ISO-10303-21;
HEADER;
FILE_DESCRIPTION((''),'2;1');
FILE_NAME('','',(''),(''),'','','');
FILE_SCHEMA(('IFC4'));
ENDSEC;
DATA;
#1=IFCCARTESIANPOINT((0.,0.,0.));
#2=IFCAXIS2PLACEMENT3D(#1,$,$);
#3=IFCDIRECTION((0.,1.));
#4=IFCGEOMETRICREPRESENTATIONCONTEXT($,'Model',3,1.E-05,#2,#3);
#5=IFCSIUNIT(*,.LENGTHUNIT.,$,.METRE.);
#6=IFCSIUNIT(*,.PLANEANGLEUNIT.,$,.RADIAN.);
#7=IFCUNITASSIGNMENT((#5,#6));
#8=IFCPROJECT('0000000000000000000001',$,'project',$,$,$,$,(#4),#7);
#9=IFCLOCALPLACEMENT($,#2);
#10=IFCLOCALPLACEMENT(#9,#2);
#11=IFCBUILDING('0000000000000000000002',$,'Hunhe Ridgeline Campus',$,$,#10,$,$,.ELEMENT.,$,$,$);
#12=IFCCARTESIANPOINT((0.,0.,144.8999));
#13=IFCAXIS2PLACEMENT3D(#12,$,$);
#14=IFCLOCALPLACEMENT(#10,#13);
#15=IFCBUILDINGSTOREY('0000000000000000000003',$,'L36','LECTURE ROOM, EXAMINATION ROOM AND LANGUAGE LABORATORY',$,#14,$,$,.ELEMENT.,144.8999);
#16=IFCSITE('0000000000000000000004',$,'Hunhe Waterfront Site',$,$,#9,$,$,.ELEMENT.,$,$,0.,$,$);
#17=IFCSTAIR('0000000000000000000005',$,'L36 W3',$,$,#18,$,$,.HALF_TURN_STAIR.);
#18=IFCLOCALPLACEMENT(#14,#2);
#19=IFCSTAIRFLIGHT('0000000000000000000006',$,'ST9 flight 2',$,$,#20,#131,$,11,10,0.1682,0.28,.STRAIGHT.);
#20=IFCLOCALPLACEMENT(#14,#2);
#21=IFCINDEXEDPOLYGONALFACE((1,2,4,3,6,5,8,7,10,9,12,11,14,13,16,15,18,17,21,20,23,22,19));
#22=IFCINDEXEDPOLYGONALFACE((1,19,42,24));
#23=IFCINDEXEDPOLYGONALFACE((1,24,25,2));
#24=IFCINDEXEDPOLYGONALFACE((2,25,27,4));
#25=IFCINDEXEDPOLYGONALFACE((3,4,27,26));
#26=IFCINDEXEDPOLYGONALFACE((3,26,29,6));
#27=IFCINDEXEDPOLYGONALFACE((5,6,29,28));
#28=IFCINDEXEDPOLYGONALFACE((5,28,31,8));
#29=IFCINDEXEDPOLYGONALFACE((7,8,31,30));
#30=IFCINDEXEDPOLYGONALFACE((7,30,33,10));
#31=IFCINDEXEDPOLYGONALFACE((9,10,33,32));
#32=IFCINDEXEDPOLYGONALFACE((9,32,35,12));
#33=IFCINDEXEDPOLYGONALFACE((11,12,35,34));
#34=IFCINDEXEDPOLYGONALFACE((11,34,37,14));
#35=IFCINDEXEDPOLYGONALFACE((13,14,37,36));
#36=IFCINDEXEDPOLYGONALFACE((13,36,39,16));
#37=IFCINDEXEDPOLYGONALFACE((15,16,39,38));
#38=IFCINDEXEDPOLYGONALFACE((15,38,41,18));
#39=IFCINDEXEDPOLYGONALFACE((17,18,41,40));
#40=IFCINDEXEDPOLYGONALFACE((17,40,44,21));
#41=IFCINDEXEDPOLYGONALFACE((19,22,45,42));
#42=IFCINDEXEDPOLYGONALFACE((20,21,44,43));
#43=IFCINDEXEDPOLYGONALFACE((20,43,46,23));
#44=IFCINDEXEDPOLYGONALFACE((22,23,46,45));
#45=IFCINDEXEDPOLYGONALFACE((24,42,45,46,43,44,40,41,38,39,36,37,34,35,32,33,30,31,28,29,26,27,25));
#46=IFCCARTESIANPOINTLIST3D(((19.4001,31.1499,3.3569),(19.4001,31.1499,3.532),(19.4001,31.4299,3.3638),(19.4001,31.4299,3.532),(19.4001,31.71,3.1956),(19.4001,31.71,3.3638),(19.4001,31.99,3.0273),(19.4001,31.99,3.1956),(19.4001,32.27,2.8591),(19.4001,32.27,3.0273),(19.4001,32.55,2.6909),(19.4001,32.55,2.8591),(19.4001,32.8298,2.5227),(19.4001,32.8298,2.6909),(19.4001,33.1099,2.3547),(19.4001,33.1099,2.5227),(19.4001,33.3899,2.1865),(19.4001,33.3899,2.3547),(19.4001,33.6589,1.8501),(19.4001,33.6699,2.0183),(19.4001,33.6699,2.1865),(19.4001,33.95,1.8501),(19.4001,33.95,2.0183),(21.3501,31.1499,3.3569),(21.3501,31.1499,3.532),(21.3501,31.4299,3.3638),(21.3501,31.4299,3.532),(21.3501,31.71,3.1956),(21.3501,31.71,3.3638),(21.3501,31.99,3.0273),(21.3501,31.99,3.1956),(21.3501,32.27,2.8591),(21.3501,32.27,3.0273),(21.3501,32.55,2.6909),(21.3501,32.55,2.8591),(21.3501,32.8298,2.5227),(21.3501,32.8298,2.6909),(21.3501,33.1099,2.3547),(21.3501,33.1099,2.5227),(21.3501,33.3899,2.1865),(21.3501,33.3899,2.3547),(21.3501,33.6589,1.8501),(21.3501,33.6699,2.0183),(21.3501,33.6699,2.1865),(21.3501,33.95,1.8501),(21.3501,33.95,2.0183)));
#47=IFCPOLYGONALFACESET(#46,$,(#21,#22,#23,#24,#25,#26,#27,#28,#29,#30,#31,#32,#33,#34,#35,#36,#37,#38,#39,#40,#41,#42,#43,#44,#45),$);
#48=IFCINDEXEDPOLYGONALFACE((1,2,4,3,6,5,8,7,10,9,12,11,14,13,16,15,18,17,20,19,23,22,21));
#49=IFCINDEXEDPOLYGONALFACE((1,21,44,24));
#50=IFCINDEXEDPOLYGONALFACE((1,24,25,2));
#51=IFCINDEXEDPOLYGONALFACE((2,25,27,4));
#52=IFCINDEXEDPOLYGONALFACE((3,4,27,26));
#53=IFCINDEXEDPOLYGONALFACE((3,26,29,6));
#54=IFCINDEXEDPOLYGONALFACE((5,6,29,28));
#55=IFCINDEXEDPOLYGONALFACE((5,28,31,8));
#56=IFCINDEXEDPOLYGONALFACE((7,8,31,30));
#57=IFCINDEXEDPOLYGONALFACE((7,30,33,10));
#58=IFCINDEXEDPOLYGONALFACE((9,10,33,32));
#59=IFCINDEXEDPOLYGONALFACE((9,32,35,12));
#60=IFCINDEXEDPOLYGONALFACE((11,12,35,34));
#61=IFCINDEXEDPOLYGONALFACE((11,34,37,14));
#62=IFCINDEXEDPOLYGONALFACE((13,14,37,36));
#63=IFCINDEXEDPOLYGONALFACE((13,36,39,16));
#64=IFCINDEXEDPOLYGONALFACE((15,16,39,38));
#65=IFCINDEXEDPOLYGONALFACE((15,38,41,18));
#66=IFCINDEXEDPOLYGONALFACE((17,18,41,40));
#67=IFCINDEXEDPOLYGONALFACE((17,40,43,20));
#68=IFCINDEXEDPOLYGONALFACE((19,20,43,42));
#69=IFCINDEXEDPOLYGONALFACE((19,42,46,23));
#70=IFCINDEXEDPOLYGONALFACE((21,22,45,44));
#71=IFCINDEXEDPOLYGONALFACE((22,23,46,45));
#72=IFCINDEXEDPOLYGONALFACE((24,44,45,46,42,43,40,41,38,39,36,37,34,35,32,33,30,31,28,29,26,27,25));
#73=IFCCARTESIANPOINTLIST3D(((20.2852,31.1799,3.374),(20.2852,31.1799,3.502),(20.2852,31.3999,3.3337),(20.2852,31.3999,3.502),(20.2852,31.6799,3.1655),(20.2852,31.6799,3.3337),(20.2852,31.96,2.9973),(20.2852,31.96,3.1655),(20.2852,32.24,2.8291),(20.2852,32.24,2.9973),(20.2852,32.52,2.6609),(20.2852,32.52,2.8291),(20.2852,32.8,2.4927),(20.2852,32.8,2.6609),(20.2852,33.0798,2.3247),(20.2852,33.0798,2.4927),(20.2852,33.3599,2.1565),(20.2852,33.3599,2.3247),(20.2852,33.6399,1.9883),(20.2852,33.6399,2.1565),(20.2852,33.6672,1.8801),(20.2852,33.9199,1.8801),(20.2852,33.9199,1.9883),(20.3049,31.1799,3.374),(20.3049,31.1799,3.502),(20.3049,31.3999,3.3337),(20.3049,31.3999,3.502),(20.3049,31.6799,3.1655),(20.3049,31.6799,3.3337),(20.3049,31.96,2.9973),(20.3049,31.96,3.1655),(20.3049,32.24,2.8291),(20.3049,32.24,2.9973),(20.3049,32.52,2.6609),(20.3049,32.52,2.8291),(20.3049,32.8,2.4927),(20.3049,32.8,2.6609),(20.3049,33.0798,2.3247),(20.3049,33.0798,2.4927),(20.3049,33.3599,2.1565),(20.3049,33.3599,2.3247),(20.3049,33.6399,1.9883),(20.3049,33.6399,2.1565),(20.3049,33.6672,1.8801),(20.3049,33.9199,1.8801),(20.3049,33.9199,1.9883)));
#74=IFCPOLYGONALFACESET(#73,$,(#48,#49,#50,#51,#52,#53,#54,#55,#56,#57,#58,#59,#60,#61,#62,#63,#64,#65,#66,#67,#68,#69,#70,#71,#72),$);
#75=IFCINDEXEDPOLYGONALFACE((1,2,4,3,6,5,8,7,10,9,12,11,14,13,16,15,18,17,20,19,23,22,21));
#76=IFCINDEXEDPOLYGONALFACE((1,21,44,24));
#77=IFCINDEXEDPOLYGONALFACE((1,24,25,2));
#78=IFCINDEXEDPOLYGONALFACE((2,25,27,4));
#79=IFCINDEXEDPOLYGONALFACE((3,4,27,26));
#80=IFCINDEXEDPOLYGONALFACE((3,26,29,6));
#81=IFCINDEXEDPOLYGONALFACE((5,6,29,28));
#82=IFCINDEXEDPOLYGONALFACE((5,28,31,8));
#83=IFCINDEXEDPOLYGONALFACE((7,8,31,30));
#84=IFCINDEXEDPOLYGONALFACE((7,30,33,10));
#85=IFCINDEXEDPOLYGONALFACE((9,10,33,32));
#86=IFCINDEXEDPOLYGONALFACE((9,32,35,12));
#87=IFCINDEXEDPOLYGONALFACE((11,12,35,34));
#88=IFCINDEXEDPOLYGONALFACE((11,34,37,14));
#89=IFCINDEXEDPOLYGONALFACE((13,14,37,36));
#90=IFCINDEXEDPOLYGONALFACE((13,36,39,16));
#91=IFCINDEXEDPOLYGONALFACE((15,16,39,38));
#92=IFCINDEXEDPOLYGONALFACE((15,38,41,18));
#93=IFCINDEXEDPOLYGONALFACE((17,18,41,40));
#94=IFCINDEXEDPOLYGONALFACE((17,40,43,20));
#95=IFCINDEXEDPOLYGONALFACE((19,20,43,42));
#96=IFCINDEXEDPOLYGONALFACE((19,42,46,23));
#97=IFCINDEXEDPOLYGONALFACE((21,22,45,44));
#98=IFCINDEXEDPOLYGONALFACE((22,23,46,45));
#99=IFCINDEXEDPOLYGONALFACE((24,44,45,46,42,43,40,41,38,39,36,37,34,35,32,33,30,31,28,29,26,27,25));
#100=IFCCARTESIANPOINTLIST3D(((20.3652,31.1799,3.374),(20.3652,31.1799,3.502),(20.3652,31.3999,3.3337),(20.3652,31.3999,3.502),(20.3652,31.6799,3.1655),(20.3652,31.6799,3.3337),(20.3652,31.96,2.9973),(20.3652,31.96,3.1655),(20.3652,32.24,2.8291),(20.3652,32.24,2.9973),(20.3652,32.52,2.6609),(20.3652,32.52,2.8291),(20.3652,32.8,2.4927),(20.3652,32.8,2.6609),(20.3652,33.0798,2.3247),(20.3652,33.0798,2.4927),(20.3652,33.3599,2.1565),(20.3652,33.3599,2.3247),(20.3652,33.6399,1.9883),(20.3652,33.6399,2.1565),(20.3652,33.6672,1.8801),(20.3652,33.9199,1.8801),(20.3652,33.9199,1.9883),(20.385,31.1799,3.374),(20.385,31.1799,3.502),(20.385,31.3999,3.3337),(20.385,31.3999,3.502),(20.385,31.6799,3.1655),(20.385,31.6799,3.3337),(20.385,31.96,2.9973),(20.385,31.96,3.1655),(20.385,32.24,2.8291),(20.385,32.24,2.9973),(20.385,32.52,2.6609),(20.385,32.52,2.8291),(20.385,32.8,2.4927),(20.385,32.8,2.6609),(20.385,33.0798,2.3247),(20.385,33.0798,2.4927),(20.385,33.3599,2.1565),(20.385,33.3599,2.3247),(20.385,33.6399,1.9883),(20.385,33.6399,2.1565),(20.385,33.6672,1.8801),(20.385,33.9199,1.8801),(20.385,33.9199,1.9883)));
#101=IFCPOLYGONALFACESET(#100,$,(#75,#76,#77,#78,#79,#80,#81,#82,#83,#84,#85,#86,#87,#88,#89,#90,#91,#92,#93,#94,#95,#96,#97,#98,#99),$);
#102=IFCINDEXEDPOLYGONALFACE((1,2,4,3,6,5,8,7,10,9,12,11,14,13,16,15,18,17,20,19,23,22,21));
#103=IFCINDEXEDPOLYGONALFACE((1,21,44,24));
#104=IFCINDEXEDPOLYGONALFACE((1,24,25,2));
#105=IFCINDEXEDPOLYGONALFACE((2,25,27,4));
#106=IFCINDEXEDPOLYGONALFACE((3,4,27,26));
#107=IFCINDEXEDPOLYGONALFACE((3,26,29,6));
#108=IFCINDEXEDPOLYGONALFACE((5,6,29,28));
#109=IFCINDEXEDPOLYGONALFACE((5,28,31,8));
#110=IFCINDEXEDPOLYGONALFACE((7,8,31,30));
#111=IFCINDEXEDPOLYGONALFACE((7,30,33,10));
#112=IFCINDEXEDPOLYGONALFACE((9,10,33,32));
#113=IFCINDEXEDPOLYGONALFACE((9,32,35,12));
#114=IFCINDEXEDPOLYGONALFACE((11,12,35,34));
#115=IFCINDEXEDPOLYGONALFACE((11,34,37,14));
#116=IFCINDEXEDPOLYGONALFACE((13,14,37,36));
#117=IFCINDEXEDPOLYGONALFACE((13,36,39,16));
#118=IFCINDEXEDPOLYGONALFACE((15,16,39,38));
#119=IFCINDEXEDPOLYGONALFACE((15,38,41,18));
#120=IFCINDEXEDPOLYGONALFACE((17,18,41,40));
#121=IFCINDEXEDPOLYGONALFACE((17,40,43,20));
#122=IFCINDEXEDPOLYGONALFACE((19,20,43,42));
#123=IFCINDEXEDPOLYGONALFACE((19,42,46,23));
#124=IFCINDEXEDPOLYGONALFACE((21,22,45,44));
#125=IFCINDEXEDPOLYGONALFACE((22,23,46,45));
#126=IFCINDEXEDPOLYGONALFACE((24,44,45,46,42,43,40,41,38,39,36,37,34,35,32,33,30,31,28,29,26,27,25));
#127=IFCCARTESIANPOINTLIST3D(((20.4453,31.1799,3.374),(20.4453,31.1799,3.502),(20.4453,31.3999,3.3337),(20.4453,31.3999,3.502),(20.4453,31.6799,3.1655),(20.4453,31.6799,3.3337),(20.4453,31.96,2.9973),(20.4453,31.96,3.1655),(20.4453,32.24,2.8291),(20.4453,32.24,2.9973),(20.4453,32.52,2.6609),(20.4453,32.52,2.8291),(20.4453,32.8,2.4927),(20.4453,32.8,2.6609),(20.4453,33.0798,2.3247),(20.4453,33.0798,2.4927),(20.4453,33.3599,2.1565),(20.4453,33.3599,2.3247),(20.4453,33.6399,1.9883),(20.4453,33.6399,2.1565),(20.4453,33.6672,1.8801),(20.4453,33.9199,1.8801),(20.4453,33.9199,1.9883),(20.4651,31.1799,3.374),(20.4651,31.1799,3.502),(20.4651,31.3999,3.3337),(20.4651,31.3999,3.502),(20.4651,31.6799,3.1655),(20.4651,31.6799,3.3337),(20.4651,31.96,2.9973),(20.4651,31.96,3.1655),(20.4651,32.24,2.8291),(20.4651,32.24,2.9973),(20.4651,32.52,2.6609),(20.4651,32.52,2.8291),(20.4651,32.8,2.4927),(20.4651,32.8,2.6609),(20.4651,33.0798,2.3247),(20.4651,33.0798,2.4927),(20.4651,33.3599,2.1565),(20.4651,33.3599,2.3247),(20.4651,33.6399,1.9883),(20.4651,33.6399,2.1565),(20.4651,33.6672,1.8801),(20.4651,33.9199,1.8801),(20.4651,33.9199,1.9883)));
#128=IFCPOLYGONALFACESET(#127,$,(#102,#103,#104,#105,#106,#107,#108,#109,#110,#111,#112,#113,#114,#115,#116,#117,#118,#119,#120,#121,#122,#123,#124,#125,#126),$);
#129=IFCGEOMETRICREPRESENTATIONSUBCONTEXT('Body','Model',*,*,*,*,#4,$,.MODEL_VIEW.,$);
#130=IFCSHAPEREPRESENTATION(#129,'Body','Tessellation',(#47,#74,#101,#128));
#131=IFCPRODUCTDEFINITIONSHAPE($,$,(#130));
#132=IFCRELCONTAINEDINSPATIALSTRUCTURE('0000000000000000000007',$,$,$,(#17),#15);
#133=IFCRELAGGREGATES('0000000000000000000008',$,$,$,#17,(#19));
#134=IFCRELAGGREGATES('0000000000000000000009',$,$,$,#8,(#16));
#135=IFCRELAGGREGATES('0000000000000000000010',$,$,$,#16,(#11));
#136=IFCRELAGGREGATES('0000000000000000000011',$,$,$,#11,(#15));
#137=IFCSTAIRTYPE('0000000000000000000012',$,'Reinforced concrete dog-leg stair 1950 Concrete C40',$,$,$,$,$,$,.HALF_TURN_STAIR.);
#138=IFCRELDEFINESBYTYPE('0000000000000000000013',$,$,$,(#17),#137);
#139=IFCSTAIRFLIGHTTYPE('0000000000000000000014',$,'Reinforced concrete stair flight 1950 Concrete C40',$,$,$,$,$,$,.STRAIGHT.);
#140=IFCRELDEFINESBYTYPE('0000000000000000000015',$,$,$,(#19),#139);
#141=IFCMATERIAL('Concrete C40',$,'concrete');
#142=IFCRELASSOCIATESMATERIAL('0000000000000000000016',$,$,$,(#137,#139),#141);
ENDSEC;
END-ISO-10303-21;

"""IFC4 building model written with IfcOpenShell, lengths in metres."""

from ifc_helpers import new_model, si_unit, direction, frame, origin, place, context, subcontext, project, spatial, polyline, outline, extrude, material, type_object, element, aggregate, save


model = new_model("IFC4")

# Units and contexts
model_context = context("Model", 3, precision=1e-05, world=origin(), true_north=direction((0.0, 1.0)))
body_context = subcontext(model_context, "Body", "Model", "MODEL_VIEW")
ifc_project = project(units=[si_unit("LENGTHUNIT", "METRE"), si_unit("PLANEANGLEUNIT", "RADIAN")], contexts=[model_context])

# Site, building, storey
site_placement = place(None, origin())
site = spatial("IfcSite", under=ifc_project, at=site_placement, Name="Hunhe Waterfront Site", CompositionType="ELEMENT", RefElevation=0.0)
building_placement = place(site_placement, origin())
building = spatial("IfcBuilding", under=site, at=building_placement, Name="Hunhe Ridgeline Campus", CompositionType="ELEMENT")
storey_placement = place(building_placement, frame((0.0, 0.0, 144.8999)))
storey = spatial("IfcBuildingStorey", under=building, at=storey_placement, Name="L36", Description="LECTURE ROOM, EXAMINATION ROOM AND LANGUAGE LABORATORY", CompositionType="ELEMENT", Elevation=144.8999)

# Stair, stair flight
ifc_material_1 = material(Name="Concrete C40", Category="concrete")
stair_type = type_object("IfcStairType", Name="Reinforced concrete dog-leg stair 1950 Concrete C40", PredefinedType="HALF_TURN_STAIR", material=ifc_material_1)
stair_placement = place(storey_placement, origin())
stair = element("IfcStair", 1, at=stair_placement, inside=storey, type_object=stair_type, Name="L36 W3", PredefinedType="HALF_TURN_STAIR")
stair_flight_type = type_object("IfcStairFlightType", Name="Reinforced concrete stair flight 1950 Concrete C40", PredefinedType="STRAIGHT", material=ifc_material_1)
stair_flight_1_placement = place(storey_placement, frame((20.375, 33.95, 1.8501), z_axis=(0.0, 0.0, 1.0), x_axis=(0.0, -1.0, 0.0)))
stair_flight_1 = element("IfcStairFlight", 2, at=stair_flight_1_placement, type_object=stair_flight_type, Name="ST9 flight 2", NumberOfRisers=11, NumberOfTreads=10, PredefinedType="STRAIGHT", RiserHeight=0.1682, TreadLength=0.28, context=body_context, shape_type="SweptSolid", body=[
    extrude(outline(polyline([(0.0, 0.0), (0.0, 0.1682), (0.28, 0.1682), (0.28, 0.3364), (0.5601, 0.3364), (0.5601, 0.5046), (0.8401, 0.5046), (0.8401, 0.6726), (1.1201, 0.6726), (1.1201, 0.8408), (1.3999, 0.8408), (1.3999, 1.009), (1.6799, 1.009), (1.6799, 1.1772), (1.96, 1.1772), (1.96, 1.3455), (2.24, 1.3455), (2.24, 1.5137), (2.52, 1.5137), (2.52, 1.6819), (2.8, 1.6819), (2.8, 1.8501), (2.8, 1.5068), (0.291, 0.0), (0.0, 0.0)])), frame((0.0, 0.9751, 0.0), z_axis=(0.0, -1.0, 0.0), x_axis=(1.0, 0.0, 0.0)), (0.0, 0.0, 1.0), 1.95),
    extrude(outline(polyline([(0.03, 0.03), (0.03, 0.1382), (0.3101, 0.1382), (0.3101, 0.3064), (0.5901, 0.3064), (0.5901, 0.4746), (0.8701, 0.4746), (0.8701, 0.6426), (1.1499, 0.6426), (1.1499, 0.8108), (1.4299, 0.8108), (1.4299, 0.979), (1.71, 0.979), (1.71, 1.1472), (1.99, 1.1472), (1.99, 1.3154), (2.27, 1.3154), (2.27, 1.4836), (2.55, 1.4836), (2.55, 1.6519), (2.77, 1.6519), (2.77, 1.5239), (0.2827, 0.03), (0.03, 0.03)])), frame((0.0, -0.0701, 0.0), z_axis=(0.0, -1.0, 0.0), x_axis=(1.0, 0.0, 0.0)), (0.0, 0.0, 1.0), 0.0198),
    extrude(outline(polyline([(0.03, 0.03), (0.03, 0.1382), (0.3101, 0.1382), (0.3101, 0.3064), (0.5901, 0.3064), (0.5901, 0.4746), (0.8701, 0.4746), (0.8701, 0.6426), (1.1499, 0.6426), (1.1499, 0.8108), (1.4299, 0.8108), (1.4299, 0.979), (1.71, 0.979), (1.71, 1.1472), (1.99, 1.1472), (1.99, 1.3154), (2.27, 1.3154), (2.27, 1.4836), (2.55, 1.4836), (2.55, 1.6519), (2.77, 1.6519), (2.77, 1.5239), (0.2827, 0.03), (0.03, 0.03)])), frame((0.0, 0.01, 0.0), z_axis=(0.0, -1.0, 0.0), x_axis=(1.0, 0.0, 0.0)), (0.0, 0.0, 1.0), 0.0198),
    extrude(outline(polyline([(0.03, 0.03), (0.03, 0.1382), (0.3101, 0.1382), (0.3101, 0.3064), (0.5901, 0.3064), (0.5901, 0.4746), (0.8701, 0.4746), (0.8701, 0.6426), (1.1499, 0.6426), (1.1499, 0.8108), (1.4299, 0.8108), (1.4299, 0.979), (1.71, 0.979), (1.71, 1.1472), (1.99, 1.1472), (1.99, 1.3154), (2.27, 1.3154), (2.27, 1.4836), (2.55, 1.4836), (2.55, 1.6519), (2.77, 1.6519), (2.77, 1.5239), (0.2827, 0.03), (0.03, 0.03)])), frame((0.0, 0.0901, 0.0), z_axis=(0.0, -1.0, 0.0), x_axis=(1.0, 0.0, 0.0)), (0.0, 0.0, 1.0), 0.0198),
])
aggregate(stair, [stair_flight_1])

save(model, "model.ifc")
